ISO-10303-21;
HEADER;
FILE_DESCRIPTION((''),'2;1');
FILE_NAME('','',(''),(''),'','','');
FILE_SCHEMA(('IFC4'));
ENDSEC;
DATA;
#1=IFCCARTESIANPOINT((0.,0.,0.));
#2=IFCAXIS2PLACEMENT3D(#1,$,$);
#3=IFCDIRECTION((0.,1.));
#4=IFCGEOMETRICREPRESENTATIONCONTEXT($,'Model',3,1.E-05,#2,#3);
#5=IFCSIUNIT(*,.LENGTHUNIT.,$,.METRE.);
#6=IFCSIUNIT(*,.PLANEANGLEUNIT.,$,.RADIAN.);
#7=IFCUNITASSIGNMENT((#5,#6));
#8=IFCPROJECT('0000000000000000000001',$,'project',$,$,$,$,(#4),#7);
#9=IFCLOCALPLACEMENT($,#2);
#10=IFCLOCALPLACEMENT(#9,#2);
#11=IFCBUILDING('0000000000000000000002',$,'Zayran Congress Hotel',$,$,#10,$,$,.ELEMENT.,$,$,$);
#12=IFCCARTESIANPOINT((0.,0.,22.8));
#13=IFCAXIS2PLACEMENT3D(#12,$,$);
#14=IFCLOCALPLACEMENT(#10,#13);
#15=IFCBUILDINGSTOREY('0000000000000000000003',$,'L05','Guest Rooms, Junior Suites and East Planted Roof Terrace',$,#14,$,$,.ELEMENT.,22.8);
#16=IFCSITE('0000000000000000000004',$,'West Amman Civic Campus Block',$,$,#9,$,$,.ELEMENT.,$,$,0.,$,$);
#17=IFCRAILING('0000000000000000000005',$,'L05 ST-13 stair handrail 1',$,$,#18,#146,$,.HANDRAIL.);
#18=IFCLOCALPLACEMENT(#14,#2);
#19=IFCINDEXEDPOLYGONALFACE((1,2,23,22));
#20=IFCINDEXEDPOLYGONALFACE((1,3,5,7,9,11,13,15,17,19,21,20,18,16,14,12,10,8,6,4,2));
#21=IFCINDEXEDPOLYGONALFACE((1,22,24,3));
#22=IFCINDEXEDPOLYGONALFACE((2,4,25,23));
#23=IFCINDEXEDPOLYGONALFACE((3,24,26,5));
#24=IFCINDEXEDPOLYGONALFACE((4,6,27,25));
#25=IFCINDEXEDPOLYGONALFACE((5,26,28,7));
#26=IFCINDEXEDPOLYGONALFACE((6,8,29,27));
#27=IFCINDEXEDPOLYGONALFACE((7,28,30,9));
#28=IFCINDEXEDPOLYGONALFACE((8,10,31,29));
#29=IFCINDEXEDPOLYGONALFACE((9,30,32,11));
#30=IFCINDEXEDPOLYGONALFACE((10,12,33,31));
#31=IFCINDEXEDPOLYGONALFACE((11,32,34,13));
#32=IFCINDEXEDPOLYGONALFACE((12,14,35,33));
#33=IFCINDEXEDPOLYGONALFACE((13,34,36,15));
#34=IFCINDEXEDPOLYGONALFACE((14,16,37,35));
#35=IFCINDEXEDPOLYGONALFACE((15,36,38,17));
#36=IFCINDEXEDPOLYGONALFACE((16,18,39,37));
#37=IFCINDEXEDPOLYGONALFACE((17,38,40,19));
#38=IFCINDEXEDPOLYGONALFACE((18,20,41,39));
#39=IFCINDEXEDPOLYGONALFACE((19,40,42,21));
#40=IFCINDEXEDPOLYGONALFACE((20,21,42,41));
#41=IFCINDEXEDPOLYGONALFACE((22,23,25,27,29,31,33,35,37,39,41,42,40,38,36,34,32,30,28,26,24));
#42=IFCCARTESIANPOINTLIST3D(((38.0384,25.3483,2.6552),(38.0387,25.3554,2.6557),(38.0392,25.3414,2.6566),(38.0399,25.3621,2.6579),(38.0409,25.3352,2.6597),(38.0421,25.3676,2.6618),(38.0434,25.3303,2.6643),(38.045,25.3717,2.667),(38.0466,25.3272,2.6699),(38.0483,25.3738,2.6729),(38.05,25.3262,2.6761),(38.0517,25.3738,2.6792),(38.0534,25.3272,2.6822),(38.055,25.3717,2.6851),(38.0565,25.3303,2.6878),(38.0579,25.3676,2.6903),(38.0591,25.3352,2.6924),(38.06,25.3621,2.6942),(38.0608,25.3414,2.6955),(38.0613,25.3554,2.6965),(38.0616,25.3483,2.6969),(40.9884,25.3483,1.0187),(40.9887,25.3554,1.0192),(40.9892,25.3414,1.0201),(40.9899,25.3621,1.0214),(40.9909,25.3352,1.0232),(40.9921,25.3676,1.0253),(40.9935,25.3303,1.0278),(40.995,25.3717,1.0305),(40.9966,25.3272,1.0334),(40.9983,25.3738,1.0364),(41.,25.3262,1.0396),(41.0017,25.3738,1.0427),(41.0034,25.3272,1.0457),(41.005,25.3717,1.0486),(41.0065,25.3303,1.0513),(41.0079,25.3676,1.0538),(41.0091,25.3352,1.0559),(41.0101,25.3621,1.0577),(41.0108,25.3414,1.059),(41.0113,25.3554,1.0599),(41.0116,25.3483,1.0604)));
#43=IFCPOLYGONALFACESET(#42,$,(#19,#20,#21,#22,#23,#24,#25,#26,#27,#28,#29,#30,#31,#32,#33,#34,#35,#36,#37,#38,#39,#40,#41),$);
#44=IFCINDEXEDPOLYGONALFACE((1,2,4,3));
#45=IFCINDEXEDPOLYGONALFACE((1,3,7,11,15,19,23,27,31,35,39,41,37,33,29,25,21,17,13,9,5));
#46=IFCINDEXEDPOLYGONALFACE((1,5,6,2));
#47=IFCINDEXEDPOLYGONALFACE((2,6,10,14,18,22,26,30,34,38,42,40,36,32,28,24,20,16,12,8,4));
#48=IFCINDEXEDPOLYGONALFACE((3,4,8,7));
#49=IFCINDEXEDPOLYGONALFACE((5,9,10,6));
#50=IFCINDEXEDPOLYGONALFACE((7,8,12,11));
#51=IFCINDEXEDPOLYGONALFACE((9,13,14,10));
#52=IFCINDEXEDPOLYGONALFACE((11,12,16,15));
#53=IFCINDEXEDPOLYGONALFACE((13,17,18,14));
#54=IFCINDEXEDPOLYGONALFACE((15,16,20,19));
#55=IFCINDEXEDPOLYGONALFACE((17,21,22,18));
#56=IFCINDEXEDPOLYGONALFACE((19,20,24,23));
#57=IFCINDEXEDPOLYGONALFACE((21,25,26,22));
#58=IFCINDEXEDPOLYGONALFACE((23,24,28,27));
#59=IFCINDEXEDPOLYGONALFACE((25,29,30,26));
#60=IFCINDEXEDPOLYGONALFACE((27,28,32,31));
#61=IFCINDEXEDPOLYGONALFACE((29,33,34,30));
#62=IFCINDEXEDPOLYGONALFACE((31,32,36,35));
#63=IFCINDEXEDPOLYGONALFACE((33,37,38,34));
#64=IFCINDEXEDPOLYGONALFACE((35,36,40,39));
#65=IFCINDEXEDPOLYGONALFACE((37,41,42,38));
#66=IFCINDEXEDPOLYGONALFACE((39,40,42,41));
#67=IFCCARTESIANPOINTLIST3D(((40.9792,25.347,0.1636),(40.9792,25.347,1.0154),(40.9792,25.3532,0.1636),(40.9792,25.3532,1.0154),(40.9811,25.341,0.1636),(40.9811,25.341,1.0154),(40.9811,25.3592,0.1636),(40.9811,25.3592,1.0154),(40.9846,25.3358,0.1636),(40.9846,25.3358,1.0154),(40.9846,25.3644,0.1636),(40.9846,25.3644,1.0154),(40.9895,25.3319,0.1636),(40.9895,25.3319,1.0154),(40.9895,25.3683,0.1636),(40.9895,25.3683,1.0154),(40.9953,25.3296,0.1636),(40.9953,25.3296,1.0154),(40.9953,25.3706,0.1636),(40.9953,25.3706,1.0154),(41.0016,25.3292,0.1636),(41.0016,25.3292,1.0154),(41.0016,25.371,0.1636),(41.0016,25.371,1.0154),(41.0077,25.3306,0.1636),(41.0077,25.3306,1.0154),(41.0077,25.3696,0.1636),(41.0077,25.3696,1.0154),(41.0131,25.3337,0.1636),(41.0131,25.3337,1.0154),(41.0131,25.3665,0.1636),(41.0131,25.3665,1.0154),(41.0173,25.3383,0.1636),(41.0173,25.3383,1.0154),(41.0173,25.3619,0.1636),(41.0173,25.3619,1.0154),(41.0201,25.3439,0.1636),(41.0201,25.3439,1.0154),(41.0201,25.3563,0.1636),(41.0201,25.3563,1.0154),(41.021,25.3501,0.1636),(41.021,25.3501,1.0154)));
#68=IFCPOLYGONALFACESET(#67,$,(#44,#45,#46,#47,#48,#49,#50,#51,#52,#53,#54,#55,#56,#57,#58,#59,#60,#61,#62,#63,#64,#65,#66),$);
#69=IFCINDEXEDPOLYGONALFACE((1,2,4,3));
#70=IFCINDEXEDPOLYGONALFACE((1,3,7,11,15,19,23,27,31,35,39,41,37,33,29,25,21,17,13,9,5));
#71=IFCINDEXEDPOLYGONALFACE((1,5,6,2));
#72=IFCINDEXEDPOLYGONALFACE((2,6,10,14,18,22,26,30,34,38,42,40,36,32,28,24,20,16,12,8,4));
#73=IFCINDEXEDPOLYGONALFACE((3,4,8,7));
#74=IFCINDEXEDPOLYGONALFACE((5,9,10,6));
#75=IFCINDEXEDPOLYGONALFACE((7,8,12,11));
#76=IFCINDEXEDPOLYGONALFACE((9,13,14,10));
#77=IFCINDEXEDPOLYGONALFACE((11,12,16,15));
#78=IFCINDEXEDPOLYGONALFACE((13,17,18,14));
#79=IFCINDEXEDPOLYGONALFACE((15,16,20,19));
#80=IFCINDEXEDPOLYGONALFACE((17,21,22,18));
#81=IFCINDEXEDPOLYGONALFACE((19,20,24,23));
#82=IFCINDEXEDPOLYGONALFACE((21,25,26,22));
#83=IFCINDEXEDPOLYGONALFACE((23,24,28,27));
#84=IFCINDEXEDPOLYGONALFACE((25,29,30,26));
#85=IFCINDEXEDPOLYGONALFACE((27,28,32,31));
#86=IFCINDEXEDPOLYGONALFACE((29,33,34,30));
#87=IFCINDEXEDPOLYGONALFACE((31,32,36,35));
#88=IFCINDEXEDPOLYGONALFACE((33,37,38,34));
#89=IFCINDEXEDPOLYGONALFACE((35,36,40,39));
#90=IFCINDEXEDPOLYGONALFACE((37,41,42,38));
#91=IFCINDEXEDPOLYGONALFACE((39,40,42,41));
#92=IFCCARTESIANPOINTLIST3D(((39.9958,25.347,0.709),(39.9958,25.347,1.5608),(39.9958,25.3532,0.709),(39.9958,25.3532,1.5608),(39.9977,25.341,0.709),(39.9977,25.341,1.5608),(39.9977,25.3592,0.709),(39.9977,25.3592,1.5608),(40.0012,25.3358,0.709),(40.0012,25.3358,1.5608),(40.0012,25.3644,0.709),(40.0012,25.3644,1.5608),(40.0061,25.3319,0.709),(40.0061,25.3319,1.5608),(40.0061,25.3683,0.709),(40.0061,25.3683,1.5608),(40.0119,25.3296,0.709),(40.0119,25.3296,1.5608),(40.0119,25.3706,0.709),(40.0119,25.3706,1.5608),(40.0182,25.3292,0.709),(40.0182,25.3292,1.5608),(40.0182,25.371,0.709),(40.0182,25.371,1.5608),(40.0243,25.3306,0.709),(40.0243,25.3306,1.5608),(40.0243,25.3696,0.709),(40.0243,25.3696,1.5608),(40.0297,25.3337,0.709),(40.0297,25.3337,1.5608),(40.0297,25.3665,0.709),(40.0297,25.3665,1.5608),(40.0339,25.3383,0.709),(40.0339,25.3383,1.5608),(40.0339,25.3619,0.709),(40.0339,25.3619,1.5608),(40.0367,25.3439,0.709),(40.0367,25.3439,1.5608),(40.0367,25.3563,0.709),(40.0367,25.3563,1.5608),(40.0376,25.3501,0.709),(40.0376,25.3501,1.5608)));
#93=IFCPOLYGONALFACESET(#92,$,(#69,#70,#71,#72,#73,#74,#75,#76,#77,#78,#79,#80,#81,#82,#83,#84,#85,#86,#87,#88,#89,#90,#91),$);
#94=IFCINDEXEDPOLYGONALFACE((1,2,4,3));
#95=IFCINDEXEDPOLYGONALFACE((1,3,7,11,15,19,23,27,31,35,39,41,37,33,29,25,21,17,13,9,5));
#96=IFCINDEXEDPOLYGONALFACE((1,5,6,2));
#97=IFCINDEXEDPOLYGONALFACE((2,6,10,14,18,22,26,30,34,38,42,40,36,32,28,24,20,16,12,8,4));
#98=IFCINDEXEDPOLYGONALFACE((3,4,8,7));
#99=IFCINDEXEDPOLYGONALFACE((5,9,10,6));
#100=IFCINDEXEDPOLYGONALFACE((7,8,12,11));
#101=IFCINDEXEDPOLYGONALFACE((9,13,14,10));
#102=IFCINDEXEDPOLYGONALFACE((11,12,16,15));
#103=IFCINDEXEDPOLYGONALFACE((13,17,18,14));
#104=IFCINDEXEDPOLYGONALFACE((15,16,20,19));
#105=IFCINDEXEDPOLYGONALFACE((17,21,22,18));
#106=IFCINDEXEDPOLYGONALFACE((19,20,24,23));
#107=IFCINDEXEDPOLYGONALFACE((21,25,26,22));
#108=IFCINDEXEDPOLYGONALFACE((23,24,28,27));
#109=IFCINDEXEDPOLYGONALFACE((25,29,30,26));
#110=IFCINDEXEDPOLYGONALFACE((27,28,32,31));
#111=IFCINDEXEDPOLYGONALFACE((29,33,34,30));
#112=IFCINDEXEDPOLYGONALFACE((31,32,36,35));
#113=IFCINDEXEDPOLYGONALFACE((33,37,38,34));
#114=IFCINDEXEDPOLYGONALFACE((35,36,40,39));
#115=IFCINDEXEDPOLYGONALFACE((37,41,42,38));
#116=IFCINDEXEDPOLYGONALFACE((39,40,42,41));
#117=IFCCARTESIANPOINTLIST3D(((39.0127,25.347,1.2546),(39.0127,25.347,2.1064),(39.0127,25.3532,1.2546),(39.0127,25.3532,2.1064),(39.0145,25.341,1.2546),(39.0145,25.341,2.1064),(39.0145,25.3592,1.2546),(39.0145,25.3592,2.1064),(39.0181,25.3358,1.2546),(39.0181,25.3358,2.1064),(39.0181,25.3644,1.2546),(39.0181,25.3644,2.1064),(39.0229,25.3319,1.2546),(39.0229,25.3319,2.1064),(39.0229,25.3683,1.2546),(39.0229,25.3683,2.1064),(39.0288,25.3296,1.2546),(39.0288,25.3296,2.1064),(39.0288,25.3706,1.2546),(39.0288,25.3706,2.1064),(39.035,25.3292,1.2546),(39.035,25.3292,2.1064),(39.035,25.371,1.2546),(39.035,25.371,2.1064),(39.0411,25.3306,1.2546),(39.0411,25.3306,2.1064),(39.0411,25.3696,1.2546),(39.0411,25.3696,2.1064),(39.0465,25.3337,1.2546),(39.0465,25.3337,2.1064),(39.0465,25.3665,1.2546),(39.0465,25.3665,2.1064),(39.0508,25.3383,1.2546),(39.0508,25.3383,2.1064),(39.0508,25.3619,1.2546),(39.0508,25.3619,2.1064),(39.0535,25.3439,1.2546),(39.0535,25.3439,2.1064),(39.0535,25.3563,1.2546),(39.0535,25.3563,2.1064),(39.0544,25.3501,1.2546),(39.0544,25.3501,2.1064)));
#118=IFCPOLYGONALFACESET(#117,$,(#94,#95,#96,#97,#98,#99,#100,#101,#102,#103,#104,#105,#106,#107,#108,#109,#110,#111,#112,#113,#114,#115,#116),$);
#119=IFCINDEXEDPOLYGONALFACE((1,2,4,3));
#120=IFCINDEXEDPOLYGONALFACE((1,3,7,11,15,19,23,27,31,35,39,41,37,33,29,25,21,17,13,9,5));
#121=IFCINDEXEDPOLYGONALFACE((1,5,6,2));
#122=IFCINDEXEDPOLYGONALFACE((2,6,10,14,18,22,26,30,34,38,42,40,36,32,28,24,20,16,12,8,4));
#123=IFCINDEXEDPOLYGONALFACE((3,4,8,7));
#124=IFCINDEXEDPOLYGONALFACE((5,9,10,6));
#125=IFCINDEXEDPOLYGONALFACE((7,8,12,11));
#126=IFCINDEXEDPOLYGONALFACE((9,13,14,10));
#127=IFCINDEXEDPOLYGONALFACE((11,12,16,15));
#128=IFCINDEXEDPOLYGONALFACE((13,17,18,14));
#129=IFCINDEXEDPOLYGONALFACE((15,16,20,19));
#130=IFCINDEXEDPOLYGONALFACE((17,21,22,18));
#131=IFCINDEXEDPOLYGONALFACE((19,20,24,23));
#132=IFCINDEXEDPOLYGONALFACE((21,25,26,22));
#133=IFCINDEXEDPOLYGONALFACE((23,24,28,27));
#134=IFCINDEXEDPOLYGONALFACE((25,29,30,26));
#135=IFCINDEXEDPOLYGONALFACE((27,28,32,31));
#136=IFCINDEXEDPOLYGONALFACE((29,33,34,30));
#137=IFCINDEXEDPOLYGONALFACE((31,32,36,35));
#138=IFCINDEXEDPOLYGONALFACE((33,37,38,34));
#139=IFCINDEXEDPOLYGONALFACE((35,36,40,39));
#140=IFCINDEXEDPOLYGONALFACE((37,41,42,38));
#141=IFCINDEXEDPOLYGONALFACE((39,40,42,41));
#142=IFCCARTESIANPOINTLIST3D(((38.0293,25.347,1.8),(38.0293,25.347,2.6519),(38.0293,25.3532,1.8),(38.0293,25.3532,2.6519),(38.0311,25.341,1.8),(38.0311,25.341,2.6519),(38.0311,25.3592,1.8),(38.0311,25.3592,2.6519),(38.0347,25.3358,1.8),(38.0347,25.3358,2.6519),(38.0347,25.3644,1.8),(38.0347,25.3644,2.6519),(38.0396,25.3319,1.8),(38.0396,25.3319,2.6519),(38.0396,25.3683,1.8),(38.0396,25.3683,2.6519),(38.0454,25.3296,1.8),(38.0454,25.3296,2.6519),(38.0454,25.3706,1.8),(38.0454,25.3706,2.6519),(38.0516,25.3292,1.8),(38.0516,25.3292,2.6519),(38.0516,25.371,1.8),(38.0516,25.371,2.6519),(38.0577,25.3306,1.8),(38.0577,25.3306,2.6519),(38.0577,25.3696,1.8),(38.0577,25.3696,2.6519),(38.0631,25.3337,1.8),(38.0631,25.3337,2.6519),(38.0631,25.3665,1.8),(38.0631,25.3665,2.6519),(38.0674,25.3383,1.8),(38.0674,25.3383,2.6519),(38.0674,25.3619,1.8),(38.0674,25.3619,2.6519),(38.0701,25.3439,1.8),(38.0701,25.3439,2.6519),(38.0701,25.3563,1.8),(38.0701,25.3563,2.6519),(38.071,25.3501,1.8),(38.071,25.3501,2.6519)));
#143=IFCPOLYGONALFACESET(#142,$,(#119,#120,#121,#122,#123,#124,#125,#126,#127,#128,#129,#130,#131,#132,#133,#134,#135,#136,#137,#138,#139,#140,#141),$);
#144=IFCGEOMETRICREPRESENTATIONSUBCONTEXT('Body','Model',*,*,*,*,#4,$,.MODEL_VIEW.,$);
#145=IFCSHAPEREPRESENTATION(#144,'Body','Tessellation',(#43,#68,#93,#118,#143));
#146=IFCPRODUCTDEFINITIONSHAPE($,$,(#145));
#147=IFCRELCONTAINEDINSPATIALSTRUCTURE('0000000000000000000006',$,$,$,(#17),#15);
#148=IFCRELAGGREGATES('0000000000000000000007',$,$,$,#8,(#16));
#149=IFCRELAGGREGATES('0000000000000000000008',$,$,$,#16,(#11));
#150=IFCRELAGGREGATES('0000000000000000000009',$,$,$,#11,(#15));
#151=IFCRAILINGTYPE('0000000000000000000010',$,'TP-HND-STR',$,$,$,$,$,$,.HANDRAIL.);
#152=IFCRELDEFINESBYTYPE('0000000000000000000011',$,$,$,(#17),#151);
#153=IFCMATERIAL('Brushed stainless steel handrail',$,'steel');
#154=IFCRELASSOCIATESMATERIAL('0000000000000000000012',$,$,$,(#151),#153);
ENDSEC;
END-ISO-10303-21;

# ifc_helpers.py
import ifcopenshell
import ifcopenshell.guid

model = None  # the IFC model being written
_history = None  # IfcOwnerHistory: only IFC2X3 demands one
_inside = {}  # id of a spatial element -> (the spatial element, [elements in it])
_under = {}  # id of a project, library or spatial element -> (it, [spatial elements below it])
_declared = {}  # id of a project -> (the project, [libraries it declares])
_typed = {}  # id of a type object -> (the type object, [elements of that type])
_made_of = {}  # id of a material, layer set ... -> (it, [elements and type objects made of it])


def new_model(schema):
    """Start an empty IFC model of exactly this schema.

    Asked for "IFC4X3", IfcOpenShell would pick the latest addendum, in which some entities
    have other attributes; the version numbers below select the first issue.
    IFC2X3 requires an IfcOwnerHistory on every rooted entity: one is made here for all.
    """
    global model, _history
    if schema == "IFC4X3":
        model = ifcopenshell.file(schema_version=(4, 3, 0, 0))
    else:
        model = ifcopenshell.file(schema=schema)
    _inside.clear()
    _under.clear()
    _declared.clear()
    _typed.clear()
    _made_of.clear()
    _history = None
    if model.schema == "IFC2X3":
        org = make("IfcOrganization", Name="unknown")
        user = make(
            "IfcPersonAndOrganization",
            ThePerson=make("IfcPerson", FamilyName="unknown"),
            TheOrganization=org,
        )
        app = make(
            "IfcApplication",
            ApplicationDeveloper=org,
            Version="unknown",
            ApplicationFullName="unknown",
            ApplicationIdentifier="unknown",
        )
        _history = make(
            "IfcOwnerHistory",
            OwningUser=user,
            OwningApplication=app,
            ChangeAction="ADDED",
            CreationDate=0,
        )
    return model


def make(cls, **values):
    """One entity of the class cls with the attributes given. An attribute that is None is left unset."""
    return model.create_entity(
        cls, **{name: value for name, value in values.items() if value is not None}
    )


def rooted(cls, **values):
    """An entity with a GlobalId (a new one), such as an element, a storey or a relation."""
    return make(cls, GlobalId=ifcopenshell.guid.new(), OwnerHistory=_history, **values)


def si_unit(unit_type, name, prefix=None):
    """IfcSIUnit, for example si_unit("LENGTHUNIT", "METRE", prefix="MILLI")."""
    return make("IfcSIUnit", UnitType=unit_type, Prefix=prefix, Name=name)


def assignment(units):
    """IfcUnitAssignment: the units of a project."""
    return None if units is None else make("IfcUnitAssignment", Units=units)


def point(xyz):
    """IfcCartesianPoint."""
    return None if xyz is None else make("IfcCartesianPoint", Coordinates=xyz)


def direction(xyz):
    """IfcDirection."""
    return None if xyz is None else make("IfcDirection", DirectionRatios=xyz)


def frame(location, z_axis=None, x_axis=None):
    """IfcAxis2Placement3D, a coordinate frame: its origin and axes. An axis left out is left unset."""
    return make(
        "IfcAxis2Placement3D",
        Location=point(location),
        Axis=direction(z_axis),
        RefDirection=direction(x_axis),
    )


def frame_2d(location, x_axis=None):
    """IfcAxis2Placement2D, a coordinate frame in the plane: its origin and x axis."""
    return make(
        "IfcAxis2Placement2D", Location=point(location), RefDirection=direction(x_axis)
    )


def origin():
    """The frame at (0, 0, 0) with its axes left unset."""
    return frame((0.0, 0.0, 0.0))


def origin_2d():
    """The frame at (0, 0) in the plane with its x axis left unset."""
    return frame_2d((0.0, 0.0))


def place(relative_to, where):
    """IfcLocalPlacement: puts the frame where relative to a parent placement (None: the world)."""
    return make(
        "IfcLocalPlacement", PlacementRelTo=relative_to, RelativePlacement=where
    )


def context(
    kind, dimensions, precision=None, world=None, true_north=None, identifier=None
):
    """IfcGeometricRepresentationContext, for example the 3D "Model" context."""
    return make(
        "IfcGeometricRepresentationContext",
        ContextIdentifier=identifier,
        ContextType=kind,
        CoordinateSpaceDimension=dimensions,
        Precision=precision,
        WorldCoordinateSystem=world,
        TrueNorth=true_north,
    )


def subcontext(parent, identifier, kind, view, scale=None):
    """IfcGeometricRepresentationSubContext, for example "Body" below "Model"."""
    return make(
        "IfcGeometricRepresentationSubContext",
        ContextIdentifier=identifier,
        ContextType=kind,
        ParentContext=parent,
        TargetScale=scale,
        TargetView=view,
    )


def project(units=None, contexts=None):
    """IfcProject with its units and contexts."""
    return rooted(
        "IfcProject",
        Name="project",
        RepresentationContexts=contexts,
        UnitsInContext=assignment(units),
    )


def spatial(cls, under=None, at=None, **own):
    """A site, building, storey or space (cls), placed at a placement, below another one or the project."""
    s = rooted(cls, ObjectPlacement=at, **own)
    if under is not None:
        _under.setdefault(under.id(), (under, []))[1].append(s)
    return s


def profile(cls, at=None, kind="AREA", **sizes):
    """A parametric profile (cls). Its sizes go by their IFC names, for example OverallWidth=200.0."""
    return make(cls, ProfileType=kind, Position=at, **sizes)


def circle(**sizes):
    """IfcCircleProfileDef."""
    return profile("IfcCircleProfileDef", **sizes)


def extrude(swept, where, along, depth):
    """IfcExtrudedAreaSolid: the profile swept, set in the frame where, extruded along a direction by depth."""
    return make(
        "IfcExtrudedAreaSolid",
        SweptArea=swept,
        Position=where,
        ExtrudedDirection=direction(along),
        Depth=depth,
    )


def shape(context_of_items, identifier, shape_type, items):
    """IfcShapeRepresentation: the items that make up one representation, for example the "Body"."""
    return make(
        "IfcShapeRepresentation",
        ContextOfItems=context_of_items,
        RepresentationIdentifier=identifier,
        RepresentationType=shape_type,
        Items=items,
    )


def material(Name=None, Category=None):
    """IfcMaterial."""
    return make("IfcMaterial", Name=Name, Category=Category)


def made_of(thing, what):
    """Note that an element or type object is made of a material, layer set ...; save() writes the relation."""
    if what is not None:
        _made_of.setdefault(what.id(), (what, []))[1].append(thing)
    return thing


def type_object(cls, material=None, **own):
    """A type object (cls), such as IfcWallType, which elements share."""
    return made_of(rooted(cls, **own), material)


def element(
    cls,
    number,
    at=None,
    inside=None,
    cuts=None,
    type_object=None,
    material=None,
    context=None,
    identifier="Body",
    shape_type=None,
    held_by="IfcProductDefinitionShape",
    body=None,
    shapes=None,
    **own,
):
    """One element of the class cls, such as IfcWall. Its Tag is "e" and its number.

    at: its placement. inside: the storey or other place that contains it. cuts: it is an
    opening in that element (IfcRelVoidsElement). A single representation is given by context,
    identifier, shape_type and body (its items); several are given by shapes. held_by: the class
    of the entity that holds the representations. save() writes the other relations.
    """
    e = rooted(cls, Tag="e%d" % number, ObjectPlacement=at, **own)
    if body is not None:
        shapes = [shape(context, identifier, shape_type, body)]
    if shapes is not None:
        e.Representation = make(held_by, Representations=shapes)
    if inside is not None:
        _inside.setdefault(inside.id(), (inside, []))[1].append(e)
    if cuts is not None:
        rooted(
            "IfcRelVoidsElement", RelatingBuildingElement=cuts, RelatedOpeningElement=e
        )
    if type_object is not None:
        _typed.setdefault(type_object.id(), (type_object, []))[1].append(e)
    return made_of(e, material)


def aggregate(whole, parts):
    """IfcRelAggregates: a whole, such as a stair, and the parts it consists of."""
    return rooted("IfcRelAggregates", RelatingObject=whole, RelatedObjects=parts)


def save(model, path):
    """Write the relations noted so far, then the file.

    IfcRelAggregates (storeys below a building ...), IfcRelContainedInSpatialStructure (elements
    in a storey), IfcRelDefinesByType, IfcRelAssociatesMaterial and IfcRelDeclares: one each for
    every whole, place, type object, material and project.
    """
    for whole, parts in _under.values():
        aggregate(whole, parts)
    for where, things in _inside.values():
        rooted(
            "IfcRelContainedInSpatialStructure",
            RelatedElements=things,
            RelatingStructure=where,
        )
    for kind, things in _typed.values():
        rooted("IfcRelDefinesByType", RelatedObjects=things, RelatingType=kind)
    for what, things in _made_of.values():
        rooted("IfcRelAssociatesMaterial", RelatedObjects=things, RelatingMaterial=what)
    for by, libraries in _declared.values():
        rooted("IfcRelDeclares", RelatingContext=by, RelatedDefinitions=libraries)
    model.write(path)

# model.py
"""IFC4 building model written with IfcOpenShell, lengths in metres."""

from ifc_helpers import new_model, si_unit, direction, frame, origin, origin_2d, place, context, subcontext, project, spatial, circle, extrude, material, type_object, element, save


model = new_model("IFC4")

# Units and contexts
model_context = context("Model", 3, precision=1e-05, world=origin(), true_north=direction((0.0, 1.0)))
body_context = subcontext(model_context, "Body", "Model", "MODEL_VIEW")
ifc_project = project(units=[si_unit("LENGTHUNIT", "METRE"), si_unit("PLANEANGLEUNIT", "RADIAN")], contexts=[model_context])

# Site, building, storey
site_placement = place(None, origin())
site = spatial("IfcSite", under=ifc_project, at=site_placement, Name="West Amman Civic Campus Block", CompositionType="ELEMENT", RefElevation=0.0)
building_placement = place(site_placement, origin())
building = spatial("IfcBuilding", under=site, at=building_placement, Name="Zayran Congress Hotel", CompositionType="ELEMENT")
storey_placement = place(building_placement, frame((0.0, 0.0, 22.8)))
storey = spatial("IfcBuildingStorey", under=building, at=storey_placement, Name="L05", Description="Guest Rooms, Junior Suites and East Planted Roof Terrace", CompositionType="ELEMENT", Elevation=22.8)

# Railing
ifc_material_1 = material(Name="Brushed stainless steel handrail", Category="steel")
railing_type_1 = type_object("IfcRailingType", Name="TP-HND-STR", PredefinedType="HANDRAIL", material=ifc_material_1)
railing_1_placement = place(storey_placement, frame((41.0, 25.3501, 0.1636)))
element("IfcRailing", 1, at=railing_1_placement, inside=storey, type_object=railing_type_1, Name="L05 ST-13 stair handrail 1", PredefinedType="HANDRAIL", context=body_context, shape_type="SweptSolid", body=[
    extrude(circle(Radius=0.0239, at=origin_2d()), frame((0.0, 0.0, 0.876), z_axis=(-0.874458, 0.0, 0.485102), x_axis=(0.0, -1.0, 0.0)), (0.0, 0.0, 1.0), 3.3735),
    extrude(circle(Radius=0.021, at=origin_2d()), origin(), (0.0, 0.0, 1.0), 0.8518),
    extrude(circle(Radius=0.021, at=origin_2d()), frame((-0.9834, 0.0, 0.5454)), (0.0, 0.0, 1.0), 0.8518),
    extrude(circle(Radius=0.021, at=origin_2d()), frame((-1.9666, 0.0, 1.0911)), (0.0, 0.0, 1.0), 0.8518),
    extrude(circle(Radius=0.021, at=origin_2d()), frame((-2.95, 0.0, 1.6365)), (0.0, 0.0, 1.0), 0.8518),
])

save(model, "model.ifc")
